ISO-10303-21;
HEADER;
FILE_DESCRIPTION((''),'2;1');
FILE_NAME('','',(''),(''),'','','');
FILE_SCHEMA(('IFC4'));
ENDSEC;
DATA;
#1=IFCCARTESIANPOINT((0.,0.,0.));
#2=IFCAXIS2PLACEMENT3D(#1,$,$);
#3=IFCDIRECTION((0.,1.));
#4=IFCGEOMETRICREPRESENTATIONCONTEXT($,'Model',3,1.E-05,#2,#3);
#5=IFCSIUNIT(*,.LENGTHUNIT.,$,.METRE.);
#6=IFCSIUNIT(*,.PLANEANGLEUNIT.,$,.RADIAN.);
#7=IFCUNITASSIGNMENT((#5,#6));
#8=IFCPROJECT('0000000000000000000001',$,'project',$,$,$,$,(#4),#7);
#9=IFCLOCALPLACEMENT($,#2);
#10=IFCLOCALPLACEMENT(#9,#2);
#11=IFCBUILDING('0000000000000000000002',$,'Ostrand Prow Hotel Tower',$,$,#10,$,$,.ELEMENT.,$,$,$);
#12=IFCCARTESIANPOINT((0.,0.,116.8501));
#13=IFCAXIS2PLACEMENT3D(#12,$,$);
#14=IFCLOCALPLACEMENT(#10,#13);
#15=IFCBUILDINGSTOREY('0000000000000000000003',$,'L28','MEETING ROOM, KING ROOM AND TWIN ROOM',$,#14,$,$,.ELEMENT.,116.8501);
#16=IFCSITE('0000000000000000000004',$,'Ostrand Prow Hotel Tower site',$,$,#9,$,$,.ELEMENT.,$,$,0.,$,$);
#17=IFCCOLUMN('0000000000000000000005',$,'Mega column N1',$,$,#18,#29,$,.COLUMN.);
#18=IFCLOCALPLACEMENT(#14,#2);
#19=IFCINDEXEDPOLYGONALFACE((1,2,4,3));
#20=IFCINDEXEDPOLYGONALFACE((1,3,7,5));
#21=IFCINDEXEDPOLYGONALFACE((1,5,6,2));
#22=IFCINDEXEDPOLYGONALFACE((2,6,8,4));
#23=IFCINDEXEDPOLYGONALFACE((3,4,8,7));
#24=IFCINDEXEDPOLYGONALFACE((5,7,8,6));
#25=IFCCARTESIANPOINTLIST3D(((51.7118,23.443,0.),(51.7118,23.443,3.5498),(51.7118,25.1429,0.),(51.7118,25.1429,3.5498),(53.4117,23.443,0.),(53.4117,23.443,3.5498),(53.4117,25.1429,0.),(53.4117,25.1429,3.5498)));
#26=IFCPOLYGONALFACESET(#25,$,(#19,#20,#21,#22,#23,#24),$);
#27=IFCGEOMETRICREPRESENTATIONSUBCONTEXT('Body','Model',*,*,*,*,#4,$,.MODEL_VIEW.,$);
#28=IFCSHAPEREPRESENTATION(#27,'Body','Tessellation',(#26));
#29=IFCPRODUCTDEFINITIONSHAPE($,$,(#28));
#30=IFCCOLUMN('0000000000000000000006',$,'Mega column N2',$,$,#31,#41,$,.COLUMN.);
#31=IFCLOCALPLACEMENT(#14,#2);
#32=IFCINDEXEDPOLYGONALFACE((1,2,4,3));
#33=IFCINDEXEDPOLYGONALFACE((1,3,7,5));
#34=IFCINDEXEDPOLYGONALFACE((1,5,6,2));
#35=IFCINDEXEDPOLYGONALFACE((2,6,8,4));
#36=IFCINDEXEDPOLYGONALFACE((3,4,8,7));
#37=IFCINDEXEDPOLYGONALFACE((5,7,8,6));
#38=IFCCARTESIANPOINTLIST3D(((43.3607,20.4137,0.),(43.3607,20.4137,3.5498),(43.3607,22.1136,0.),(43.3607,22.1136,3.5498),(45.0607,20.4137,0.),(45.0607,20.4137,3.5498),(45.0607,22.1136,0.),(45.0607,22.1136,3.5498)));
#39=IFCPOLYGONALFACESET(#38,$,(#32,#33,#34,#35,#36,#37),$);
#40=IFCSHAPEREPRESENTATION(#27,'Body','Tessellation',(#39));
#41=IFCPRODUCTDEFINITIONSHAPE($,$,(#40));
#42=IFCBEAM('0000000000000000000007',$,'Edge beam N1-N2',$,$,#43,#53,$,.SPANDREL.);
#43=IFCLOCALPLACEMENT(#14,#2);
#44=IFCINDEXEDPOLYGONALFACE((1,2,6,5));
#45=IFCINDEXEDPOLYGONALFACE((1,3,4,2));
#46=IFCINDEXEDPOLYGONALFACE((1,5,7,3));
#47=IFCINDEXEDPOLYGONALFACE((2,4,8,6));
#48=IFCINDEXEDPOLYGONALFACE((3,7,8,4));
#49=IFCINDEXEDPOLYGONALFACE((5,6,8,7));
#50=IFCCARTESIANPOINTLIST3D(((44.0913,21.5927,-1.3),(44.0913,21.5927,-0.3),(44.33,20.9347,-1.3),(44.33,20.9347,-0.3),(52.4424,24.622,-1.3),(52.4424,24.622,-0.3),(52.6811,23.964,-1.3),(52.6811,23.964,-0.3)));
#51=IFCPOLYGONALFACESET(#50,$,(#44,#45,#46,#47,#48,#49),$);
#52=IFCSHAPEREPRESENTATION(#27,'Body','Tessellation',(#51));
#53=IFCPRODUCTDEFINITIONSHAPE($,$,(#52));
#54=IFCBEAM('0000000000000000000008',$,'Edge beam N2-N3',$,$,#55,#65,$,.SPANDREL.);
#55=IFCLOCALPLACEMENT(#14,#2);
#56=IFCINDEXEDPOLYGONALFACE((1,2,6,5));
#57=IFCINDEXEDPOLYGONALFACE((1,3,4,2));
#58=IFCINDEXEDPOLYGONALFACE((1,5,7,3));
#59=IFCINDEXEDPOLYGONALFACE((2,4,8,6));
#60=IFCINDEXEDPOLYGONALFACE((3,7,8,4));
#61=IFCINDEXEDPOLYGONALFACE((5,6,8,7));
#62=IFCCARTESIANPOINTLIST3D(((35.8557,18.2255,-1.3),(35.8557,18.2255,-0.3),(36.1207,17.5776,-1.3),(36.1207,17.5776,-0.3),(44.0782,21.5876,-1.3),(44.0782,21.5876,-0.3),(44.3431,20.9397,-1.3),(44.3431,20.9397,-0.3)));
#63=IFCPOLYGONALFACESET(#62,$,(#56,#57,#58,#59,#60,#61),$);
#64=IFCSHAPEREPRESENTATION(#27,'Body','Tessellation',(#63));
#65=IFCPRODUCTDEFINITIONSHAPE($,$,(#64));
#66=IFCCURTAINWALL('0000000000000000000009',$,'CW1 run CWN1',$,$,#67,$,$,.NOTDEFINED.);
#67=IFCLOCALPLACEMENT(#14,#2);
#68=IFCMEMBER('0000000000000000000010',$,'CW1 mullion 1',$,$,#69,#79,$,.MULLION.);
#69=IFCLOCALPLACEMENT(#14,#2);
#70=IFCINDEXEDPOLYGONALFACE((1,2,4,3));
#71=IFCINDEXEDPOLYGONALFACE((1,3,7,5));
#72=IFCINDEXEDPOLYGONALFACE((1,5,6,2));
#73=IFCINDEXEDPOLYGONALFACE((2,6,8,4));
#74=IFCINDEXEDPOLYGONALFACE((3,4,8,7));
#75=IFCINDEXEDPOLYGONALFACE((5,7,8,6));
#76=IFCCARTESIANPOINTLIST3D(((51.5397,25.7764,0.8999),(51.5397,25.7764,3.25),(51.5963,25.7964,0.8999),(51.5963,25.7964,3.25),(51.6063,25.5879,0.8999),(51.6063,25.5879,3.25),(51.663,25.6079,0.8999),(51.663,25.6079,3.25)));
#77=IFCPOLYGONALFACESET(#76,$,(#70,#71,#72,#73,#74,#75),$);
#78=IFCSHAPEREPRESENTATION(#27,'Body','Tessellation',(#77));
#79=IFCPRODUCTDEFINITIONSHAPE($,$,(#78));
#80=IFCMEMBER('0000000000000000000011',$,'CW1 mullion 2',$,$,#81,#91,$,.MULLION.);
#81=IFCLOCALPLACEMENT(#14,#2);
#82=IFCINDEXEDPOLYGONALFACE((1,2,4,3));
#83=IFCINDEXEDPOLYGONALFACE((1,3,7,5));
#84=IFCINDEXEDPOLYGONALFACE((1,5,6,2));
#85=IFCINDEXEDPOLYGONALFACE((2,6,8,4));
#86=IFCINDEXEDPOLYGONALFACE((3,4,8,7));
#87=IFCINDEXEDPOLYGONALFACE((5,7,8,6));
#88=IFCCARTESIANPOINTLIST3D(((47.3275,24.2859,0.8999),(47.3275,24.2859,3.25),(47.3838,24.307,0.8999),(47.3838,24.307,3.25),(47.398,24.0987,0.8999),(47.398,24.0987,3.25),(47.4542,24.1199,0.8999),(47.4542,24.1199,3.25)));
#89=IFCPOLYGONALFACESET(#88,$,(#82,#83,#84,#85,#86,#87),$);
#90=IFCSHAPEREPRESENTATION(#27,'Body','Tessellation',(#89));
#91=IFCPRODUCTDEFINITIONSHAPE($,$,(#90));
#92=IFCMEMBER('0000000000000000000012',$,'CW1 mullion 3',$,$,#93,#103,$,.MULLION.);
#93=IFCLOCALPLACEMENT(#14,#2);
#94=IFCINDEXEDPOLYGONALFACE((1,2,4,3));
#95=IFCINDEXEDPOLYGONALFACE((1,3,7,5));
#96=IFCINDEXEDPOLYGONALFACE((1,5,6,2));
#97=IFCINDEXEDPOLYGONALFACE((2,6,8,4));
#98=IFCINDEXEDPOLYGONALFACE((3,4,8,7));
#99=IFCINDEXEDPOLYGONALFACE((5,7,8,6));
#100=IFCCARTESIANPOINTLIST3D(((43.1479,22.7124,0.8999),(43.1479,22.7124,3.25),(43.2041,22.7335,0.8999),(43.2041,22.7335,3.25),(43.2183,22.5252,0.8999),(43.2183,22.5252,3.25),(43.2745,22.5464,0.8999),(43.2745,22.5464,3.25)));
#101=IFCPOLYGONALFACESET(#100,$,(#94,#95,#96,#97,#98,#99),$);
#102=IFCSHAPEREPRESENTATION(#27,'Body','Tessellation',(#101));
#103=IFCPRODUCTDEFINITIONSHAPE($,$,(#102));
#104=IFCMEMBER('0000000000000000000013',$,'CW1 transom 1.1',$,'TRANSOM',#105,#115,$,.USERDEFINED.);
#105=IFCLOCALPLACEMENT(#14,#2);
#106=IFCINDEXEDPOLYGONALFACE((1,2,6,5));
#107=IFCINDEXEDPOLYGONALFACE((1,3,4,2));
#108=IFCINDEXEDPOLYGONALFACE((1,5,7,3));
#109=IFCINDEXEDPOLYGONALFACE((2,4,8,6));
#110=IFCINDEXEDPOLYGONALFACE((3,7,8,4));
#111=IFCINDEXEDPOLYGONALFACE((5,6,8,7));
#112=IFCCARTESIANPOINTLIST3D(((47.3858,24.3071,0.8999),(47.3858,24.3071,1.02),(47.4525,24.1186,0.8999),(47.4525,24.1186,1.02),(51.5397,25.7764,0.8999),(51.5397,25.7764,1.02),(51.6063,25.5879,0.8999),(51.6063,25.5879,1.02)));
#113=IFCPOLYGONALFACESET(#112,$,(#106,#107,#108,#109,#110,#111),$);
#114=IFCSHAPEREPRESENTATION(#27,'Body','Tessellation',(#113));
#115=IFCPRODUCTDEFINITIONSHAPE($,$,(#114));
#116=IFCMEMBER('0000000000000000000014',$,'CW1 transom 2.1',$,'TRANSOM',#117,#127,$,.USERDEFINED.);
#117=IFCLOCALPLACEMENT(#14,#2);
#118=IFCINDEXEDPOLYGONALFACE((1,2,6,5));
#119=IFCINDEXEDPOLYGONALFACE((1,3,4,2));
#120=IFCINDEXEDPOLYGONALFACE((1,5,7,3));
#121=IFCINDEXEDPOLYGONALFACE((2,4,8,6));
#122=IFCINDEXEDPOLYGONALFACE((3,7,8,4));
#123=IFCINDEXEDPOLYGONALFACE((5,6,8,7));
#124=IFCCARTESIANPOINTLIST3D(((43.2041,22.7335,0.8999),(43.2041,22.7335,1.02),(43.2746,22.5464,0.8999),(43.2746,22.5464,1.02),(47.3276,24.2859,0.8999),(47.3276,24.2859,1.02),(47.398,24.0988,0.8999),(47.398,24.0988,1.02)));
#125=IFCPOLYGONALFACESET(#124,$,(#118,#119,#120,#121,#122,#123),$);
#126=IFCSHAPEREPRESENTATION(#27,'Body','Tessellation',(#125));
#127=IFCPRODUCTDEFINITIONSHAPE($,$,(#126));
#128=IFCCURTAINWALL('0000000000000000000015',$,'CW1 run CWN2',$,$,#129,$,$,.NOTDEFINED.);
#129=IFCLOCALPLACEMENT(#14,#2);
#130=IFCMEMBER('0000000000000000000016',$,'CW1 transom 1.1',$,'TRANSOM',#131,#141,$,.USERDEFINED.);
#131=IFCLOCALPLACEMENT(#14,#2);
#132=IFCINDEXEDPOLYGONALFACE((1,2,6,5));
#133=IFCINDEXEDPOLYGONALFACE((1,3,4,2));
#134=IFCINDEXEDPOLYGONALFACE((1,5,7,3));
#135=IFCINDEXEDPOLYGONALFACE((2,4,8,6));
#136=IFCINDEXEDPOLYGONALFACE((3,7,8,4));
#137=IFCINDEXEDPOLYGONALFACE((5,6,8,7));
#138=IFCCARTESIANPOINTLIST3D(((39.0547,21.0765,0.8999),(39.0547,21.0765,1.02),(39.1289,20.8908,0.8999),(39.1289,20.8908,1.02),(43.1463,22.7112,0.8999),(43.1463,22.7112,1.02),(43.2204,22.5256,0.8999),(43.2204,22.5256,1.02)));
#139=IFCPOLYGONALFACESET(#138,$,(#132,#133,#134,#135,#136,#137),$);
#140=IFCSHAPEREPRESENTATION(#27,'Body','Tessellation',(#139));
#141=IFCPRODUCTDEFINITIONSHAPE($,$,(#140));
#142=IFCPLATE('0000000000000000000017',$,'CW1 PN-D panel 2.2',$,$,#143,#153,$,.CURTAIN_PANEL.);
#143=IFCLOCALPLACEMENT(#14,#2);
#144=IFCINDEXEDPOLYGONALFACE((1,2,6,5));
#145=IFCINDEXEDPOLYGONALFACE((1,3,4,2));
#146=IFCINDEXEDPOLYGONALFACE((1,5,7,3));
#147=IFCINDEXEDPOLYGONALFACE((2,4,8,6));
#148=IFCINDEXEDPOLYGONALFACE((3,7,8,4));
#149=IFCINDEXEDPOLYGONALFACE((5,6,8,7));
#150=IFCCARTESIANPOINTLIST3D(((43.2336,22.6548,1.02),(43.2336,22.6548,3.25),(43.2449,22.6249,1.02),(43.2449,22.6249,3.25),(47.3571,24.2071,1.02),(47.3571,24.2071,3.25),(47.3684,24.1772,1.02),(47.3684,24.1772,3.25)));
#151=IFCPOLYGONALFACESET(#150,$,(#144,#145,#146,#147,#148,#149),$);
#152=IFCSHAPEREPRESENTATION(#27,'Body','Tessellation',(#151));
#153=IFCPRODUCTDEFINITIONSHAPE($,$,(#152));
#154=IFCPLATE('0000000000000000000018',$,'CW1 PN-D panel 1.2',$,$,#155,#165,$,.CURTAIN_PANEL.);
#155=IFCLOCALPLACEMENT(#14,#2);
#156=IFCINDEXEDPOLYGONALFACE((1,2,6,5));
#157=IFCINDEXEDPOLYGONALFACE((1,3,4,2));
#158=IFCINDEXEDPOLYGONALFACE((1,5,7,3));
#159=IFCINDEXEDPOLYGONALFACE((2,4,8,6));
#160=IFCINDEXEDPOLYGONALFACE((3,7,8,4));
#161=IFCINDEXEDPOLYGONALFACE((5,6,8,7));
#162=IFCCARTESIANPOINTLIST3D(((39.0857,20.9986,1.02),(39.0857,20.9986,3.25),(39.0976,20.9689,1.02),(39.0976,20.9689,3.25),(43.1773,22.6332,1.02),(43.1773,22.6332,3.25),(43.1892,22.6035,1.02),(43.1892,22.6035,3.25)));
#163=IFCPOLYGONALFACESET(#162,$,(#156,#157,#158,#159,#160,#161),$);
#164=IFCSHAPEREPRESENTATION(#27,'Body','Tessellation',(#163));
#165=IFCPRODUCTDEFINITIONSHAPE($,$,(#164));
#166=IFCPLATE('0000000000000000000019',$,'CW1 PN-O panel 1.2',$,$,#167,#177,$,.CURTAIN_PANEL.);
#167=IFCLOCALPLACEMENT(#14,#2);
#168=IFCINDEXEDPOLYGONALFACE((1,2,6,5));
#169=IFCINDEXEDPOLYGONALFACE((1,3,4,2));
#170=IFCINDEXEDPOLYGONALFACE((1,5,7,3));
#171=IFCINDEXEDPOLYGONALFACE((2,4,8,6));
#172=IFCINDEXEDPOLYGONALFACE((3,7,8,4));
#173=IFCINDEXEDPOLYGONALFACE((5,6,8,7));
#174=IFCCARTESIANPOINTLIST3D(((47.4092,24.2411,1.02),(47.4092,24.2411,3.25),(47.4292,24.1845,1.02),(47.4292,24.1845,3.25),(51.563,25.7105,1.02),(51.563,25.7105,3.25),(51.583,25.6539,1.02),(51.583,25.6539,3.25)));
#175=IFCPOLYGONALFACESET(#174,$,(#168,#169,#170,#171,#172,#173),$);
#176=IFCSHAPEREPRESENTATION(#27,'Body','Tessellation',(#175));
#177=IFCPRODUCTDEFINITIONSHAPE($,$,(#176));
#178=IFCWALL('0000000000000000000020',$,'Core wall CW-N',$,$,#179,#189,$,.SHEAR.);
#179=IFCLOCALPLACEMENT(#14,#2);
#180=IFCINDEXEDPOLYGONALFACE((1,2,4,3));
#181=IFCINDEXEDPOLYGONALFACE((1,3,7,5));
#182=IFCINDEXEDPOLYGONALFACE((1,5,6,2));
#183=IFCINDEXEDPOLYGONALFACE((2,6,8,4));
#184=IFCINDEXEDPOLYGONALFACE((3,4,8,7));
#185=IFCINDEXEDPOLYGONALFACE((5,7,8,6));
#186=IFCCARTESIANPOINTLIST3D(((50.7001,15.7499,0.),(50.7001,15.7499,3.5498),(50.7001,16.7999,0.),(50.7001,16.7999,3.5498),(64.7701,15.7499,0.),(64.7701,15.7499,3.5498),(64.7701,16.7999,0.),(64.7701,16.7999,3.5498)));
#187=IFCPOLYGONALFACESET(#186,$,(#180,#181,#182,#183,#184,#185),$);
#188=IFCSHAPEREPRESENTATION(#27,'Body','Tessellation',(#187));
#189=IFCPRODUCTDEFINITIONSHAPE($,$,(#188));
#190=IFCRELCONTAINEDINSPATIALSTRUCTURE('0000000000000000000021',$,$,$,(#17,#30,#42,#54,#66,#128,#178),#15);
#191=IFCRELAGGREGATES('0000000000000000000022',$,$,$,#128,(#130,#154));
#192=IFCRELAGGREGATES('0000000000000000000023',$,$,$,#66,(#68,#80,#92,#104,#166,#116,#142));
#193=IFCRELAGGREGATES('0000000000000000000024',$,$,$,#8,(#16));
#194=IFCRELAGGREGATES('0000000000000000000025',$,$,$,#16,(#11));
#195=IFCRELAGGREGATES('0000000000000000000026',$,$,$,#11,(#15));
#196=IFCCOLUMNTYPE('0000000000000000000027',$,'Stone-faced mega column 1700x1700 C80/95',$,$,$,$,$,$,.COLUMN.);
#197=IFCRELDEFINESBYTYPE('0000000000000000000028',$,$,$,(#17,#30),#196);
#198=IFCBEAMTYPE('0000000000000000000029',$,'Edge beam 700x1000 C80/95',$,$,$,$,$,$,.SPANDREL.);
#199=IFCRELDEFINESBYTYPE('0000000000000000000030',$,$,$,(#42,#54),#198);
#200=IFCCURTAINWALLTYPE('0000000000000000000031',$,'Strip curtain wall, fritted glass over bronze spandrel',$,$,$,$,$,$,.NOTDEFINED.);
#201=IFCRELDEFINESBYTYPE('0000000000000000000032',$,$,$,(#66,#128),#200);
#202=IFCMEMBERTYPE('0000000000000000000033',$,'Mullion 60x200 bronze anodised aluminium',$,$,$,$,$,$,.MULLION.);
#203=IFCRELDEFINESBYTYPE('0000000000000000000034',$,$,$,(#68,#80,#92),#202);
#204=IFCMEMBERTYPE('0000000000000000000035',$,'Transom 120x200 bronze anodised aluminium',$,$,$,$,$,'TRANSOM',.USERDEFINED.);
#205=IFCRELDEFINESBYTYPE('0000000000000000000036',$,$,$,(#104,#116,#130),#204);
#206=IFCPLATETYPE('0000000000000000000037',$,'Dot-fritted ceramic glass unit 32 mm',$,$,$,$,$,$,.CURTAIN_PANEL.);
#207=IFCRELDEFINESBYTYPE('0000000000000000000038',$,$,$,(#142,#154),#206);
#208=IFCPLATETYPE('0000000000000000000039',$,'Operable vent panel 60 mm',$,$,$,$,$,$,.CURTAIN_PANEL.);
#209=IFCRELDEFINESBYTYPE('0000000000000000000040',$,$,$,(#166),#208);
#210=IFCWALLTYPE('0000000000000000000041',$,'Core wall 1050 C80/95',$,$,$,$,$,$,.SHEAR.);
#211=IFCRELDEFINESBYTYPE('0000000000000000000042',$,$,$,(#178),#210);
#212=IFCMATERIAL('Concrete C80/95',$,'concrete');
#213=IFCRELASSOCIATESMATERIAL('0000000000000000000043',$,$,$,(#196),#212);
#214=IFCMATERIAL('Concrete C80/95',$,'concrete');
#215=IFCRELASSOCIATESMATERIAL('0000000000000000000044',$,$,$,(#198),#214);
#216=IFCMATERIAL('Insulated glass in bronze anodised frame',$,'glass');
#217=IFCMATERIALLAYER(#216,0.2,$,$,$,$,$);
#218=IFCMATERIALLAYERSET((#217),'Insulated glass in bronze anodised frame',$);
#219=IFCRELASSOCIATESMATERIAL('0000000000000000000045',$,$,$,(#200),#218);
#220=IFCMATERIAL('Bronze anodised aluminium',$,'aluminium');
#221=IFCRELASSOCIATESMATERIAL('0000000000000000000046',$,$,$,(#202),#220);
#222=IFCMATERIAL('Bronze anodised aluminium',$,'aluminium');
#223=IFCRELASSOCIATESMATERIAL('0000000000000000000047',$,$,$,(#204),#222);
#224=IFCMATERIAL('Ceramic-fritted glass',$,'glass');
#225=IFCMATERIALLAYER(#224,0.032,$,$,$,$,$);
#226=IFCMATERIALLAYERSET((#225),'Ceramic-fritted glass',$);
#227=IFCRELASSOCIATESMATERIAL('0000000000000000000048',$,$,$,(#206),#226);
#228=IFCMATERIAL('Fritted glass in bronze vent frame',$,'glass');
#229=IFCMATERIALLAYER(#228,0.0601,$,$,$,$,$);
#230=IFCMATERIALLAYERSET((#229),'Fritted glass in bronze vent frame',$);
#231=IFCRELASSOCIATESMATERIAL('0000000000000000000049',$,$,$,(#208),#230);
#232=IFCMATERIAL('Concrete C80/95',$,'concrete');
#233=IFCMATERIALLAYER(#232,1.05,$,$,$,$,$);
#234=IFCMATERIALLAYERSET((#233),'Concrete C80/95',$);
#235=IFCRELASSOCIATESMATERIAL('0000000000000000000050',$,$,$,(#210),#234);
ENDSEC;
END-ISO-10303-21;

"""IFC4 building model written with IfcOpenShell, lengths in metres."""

from ifc_helpers import new_model, si_unit, direction, frame, frame_2d, origin, origin_2d, place, context, subcontext, project, spatial, rectangle, extrude, material, layer, layer_set, material_profile, profile_set, type_object, element, aggregate, save


model = new_model("IFC4")

# Units and contexts
model_context = context("Model", 3, precision=1e-05, world=origin(), true_north=direction((0.0, 1.0)))
body_context = subcontext(model_context, "Body", "Model", "MODEL_VIEW")
ifc_project = project(units=[si_unit("LENGTHUNIT", "METRE"), si_unit("PLANEANGLEUNIT", "RADIAN")], contexts=[model_context])

# Site, building, storey
site_placement = place(None, origin())
site = spatial("IfcSite", under=ifc_project, at=site_placement, Name="Ostrand Prow Hotel Tower site", CompositionType="ELEMENT", RefElevation=0.0)
building_placement = place(site_placement, origin())
building = spatial("IfcBuilding", under=site, at=building_placement, Name="Ostrand Prow Hotel Tower", CompositionType="ELEMENT")
storey_placement = place(building_placement, frame((0.0, 0.0, 116.8501)))
storey = spatial("IfcBuildingStorey", under=building, at=storey_placement, Name="L28", Description="MEETING ROOM, KING ROOM AND TWIN ROOM", CompositionType="ELEMENT", Elevation=116.8501)

# Columns
ifc_material_1 = material(Name="Concrete C80/95", Category="concrete")
ifc_material_profile_1 = material_profile(ifc_material_1, rectangle(XDim=1.7, YDim=1.7, at=origin_2d()), Name="RC 1700x1700")
ifc_profile_set_1 = profile_set([ifc_material_profile_1], Name="Concrete C80/95")
column_type = type_object("IfcColumnType", Name="Stone-faced mega column 1700x1700 C80/95", PredefinedType="COLUMN", material=ifc_profile_set_1)
for number, where, z_axis, x_axis, name in (
    (1, (52.5618, 24.293, 0.0), (0.0, 0.0, 1.0), (1.0, 0.0, 0.0), "Mega column N1"),
    (2, (44.2107, 21.2637, 0.0), (0.0, 0.0, 1.0), (1.0, 0.0, 0.0), "Mega column N2"),
):
    element("IfcColumn", number, at=place(storey_placement, frame(where, z_axis=z_axis, x_axis=x_axis)), inside=storey, type_object=column_type, Name=name, PredefinedType="COLUMN", context=body_context, shape_type="SweptSolid", body=[
        extrude(rectangle(XDim=1.7, YDim=1.7, at=origin_2d()), origin(), (0.0, 0.0, 1.0), 3.5498),
    ])

# Beams
ifc_material_2 = material(Name="Concrete C80/95", Category="concrete")
ifc_material_profile_2 = material_profile(ifc_material_2, rectangle(XDim=0.7, YDim=1.0, at=origin_2d()), Name="RC 700x1000")
ifc_profile_set_2 = profile_set([ifc_material_profile_2], Name="Concrete C80/95")
beam_type = type_object("IfcBeamType", Name="Edge beam 700x1000 C80/95", PredefinedType="SPANDREL", material=ifc_profile_set_2)
beam_1_placement = place(storey_placement, frame((52.5618, 24.293, -0.8), z_axis=(-0.940063, -0.341002, 0.0), x_axis=(0.341002, -0.940063, 0.0)))
element("IfcBeam", 3, at=beam_1_placement, inside=storey, type_object=beam_type, Name="Edge beam N1-N2", PredefinedType="SPANDREL", context=body_context, shape_type="SweptSolid", body=[
    extrude(rectangle(XDim=0.7, YDim=1.0, at=origin_2d()), origin(), (0.0, 0.0, 1.0), 8.8835),
])
beam_2_placement = place(storey_placement, frame((44.2107, 21.2637, -0.8), z_axis=(-0.925612, -0.378473, 0.0), x_axis=(0.378473, -0.925612, 0.0)))
element("IfcBeam", 4, at=beam_2_placement, inside=storey, type_object=beam_type, Name="Edge beam N2-N3", PredefinedType="SPANDREL", context=body_context, shape_type="SweptSolid", body=[
    extrude(rectangle(XDim=0.7, YDim=1.0, at=origin_2d()), origin(), (0.0, 0.0, 1.0), 8.8833),
])

# Curtain wall, members
ifc_material_3 = material(Name="Insulated glass in bronze anodised frame", Category="glass")
ifc_layer_1 = layer(ifc_material_3, 0.2)
ifc_layer_set_1 = layer_set([ifc_layer_1], Name="Insulated glass in bronze anodised frame")
curtain_wall_type = type_object("IfcCurtainWallType", Name="Strip curtain wall, fritted glass over bronze spandrel", PredefinedType="NOTDEFINED", material=ifc_layer_set_1)
curtain_wall_1_placement = place(storey_placement, origin())
curtain_wall_1 = element("IfcCurtainWall", 5, at=curtain_wall_1_placement, inside=storey, type_object=curtain_wall_type, Name="CW1 run CWN1", PredefinedType="NOTDEFINED")
ifc_material_4 = material(Name="Bronze anodised aluminium", Category="aluminium")
ifc_material_profile_3 = material_profile(ifc_material_4, rectangle(XDim=0.2, YDim=0.0601, at=origin_2d()), Name="Mullion 60x200 bronze anodised aluminium")
ifc_profile_set_3 = profile_set([ifc_material_profile_3], Name="Bronze anodised aluminium")
member_type_1 = type_object("IfcMemberType", Name="Mullion 60x200 bronze anodised aluminium", PredefinedType="MULLION", material=ifc_profile_set_3)
member_1_placement = place(storey_placement, frame((51.6013, 25.6921, 0.8999), z_axis=(0.0, 0.0, 1.0), x_axis=(0.333496, -0.942752, 0.0)))
member_1 = element("IfcMember", 6, at=member_1_placement, type_object=member_type_1, Name="CW1 mullion 1", PredefinedType="MULLION", context=body_context, shape_type="SweptSolid", body=[
    extrude(rectangle(XDim=0.2, YDim=0.0601, at=origin_2d()), origin(), (0.0, 0.0, 1.0), 2.3501),
])
member_2_placement = place(storey_placement, frame((47.3909, 24.2029, 0.8999), z_axis=(0.0, 0.0, 1.0), x_axis=(0.352309, -0.935884, 0.0)))
member_2 = element("IfcMember", 7, at=member_2_placement, type_object=member_type_1, Name="CW1 mullion 2", PredefinedType="MULLION", context=body_context, shape_type="SweptSolid", body=[
    extrude(rectangle(XDim=0.2, YDim=0.0601, at=origin_2d()), origin(), (0.0, 0.0, 1.0), 2.3501),
])
member_3_placement = place(storey_placement, frame((43.2112, 22.6294, 0.8999), z_axis=(0.0, 0.0, 1.0), x_axis=(0.352309, -0.935884, 0.0)))
member_3 = element("IfcMember", 8, at=member_3_placement, type_object=member_type_1, Name="CW1 mullion 3", PredefinedType="MULLION", context=body_context, shape_type="SweptSolid", body=[
    extrude(rectangle(XDim=0.2, YDim=0.0601, at=origin_2d()), origin(), (0.0, 0.0, 1.0), 2.3501),
])
ifc_material_5 = material(Name="Bronze anodised aluminium", Category="aluminium")
ifc_material_profile_4 = material_profile(ifc_material_5, rectangle(XDim=0.2, YDim=0.1201, at=origin_2d()), Name="Transom 120x200 bronze anodised aluminium")
ifc_profile_set_4 = profile_set([ifc_material_profile_4], Name="Bronze anodised aluminium")
member_type_2 = type_object("IfcMemberType", Name="Transom 120x200 bronze anodised aluminium", ElementType="TRANSOM", PredefinedType="USERDEFINED", material=ifc_profile_set_4)
member_4_placement = place(storey_placement, frame((51.573, 25.6821, 0.96), z_axis=(-0.942763, -0.333463, 0.0), x_axis=(0.333463, -0.942763, 0.0)))
member_4 = element("IfcMember", 9, at=member_4_placement, type_object=member_type_2, Name="CW1 transom 1.1", ObjectType="TRANSOM", PredefinedType="USERDEFINED", context=body_context, shape_type="SweptSolid", body=[
    extrude(rectangle(XDim=0.2, YDim=0.1201, at=origin_2d()), origin(), (0.0, 0.0, 1.0), 4.406),
])
member_5_placement = place(storey_placement, frame((47.3628, 24.1924, 0.96), z_axis=(-0.935868, -0.35235, 0.0), x_axis=(0.35235, -0.935868, 0.0)))
member_5 = element("IfcMember", 10, at=member_5_placement, type_object=member_type_2, Name="CW1 transom 2.1", ObjectType="TRANSOM", PredefinedType="USERDEFINED", context=body_context, shape_type="SweptSolid", body=[
    extrude(rectangle(XDim=0.2, YDim=0.1201, at=origin_2d()), origin(), (0.0, 0.0, 1.0), 4.406),
])

# Curtain wall, member
curtain_wall_2_placement = place(storey_placement, origin())
curtain_wall_2 = element("IfcCurtainWall", 11, at=curtain_wall_2_placement, inside=storey, type_object=curtain_wall_type, Name="CW1 run CWN2", PredefinedType="NOTDEFINED")
member_6_placement = place(storey_placement, frame((43.1833, 22.6184, 0.96), z_axis=(-0.928622, -0.371028, 0.0), x_axis=(0.371028, -0.928622, 0.0)))
member_6 = element("IfcMember", 12, at=member_6_placement, type_object=member_type_2, Name="CW1 transom 1.1", ObjectType="TRANSOM", PredefinedType="USERDEFINED", context=body_context, shape_type="SweptSolid", body=[
    extrude(rectangle(XDim=0.2, YDim=0.1201, at=origin_2d()), origin(), (0.0, 0.0, 1.0), 4.406),
])

# Plates
ifc_material_6 = material(Name="Ceramic-fritted glass", Category="glass")
ifc_layer_2 = layer(ifc_material_6, 0.032)
ifc_layer_set_2 = layer_set([ifc_layer_2], Name="Ceramic-fritted glass")
plate_type_1 = type_object("IfcPlateType", Name="Dot-fritted ceramic glass unit 32 mm", PredefinedType="CURTAIN_PANEL", material=ifc_layer_set_2)
plate_1_placement = place(storey_placement, frame((45.301, 23.416, 1.02), z_axis=(0.0, 0.0, 1.0), x_axis=(-0.935884, -0.352309, 0.0)))
plate_1 = element("IfcPlate", 13, at=plate_1_placement, type_object=plate_type_1, Name="CW1 PN-D panel 2.2", PredefinedType="CURTAIN_PANEL", context=body_context, shape_type="SweptSolid", body=[
    extrude(rectangle(XDim=4.406, YDim=0.032, at=origin_2d()), origin(), (0.0, 0.0, 1.0), 2.23),
])
plate_2_placement = place(storey_placement, frame((41.1375, 21.801, 1.02), z_axis=(0.0, 0.0, 1.0), x_axis=(-0.92864, -0.370982, 0.0)))
plate_2 = element("IfcPlate", 14, at=plate_2_placement, type_object=plate_type_1, Name="CW1 PN-D panel 1.2", PredefinedType="CURTAIN_PANEL", context=body_context, shape_type="SweptSolid", body=[
    extrude(rectangle(XDim=4.406, YDim=0.032, at=origin_2d()), origin(), (0.0, 0.0, 1.0), 2.23),
])
aggregate(curtain_wall_2, [member_6, plate_2])
ifc_material_7 = material(Name="Fritted glass in bronze vent frame", Category="glass")
ifc_layer_3 = layer(ifc_material_7, 0.0601)
ifc_layer_set_3 = layer_set([ifc_layer_3], Name="Fritted glass in bronze vent frame")
plate_type_2 = type_object("IfcPlateType", Name="Operable vent panel 60 mm", PredefinedType="CURTAIN_PANEL", material=ifc_layer_set_3)
plate_3_placement = place(storey_placement, frame((49.4961, 24.9475, 1.02), z_axis=(0.0, 0.0, 1.0), x_axis=(-0.942752, -0.333496, 0.0)))
plate_3 = element("IfcPlate", 15, at=plate_3_placement, type_object=plate_type_2, Name="CW1 PN-O panel 1.2", PredefinedType="CURTAIN_PANEL", context=body_context, shape_type="SweptSolid", body=[
    extrude(rectangle(XDim=4.406, YDim=0.0601, at=origin_2d()), origin(), (0.0, 0.0, 1.0), 2.23),
])
aggregate(curtain_wall_1, [member_1, member_2, member_3, member_4, plate_3, member_5, plate_1])

# Wall
ifc_material_8 = material(Name="Concrete C80/95", Category="concrete")
ifc_layer_4 = layer(ifc_material_8, 1.05)
ifc_layer_set_4 = layer_set([ifc_layer_4], Name="Concrete C80/95")
wall_type_1 = type_object("IfcWallType", Name="Core wall 1050 C80/95", PredefinedType="SHEAR", material=ifc_layer_set_4)
wall_1_placement = place(storey_placement, frame((50.7, 16.2749, 0.0), z_axis=(0.0, 0.0, 1.0), x_axis=(1.0, 0.0, 0.0)))
element("IfcWall", 16, at=wall_1_placement, inside=storey, type_object=wall_type_1, Name="Core wall CW-N", PredefinedType="SHEAR", context=body_context, shape_type="SweptSolid", body=[
    extrude(rectangle(XDim=14.0701, YDim=1.05, at=frame_2d((7.0352, 0.0))), origin(), (0.0, 0.0, 1.0), 3.5498),
])

save(model, "model.ifc")
